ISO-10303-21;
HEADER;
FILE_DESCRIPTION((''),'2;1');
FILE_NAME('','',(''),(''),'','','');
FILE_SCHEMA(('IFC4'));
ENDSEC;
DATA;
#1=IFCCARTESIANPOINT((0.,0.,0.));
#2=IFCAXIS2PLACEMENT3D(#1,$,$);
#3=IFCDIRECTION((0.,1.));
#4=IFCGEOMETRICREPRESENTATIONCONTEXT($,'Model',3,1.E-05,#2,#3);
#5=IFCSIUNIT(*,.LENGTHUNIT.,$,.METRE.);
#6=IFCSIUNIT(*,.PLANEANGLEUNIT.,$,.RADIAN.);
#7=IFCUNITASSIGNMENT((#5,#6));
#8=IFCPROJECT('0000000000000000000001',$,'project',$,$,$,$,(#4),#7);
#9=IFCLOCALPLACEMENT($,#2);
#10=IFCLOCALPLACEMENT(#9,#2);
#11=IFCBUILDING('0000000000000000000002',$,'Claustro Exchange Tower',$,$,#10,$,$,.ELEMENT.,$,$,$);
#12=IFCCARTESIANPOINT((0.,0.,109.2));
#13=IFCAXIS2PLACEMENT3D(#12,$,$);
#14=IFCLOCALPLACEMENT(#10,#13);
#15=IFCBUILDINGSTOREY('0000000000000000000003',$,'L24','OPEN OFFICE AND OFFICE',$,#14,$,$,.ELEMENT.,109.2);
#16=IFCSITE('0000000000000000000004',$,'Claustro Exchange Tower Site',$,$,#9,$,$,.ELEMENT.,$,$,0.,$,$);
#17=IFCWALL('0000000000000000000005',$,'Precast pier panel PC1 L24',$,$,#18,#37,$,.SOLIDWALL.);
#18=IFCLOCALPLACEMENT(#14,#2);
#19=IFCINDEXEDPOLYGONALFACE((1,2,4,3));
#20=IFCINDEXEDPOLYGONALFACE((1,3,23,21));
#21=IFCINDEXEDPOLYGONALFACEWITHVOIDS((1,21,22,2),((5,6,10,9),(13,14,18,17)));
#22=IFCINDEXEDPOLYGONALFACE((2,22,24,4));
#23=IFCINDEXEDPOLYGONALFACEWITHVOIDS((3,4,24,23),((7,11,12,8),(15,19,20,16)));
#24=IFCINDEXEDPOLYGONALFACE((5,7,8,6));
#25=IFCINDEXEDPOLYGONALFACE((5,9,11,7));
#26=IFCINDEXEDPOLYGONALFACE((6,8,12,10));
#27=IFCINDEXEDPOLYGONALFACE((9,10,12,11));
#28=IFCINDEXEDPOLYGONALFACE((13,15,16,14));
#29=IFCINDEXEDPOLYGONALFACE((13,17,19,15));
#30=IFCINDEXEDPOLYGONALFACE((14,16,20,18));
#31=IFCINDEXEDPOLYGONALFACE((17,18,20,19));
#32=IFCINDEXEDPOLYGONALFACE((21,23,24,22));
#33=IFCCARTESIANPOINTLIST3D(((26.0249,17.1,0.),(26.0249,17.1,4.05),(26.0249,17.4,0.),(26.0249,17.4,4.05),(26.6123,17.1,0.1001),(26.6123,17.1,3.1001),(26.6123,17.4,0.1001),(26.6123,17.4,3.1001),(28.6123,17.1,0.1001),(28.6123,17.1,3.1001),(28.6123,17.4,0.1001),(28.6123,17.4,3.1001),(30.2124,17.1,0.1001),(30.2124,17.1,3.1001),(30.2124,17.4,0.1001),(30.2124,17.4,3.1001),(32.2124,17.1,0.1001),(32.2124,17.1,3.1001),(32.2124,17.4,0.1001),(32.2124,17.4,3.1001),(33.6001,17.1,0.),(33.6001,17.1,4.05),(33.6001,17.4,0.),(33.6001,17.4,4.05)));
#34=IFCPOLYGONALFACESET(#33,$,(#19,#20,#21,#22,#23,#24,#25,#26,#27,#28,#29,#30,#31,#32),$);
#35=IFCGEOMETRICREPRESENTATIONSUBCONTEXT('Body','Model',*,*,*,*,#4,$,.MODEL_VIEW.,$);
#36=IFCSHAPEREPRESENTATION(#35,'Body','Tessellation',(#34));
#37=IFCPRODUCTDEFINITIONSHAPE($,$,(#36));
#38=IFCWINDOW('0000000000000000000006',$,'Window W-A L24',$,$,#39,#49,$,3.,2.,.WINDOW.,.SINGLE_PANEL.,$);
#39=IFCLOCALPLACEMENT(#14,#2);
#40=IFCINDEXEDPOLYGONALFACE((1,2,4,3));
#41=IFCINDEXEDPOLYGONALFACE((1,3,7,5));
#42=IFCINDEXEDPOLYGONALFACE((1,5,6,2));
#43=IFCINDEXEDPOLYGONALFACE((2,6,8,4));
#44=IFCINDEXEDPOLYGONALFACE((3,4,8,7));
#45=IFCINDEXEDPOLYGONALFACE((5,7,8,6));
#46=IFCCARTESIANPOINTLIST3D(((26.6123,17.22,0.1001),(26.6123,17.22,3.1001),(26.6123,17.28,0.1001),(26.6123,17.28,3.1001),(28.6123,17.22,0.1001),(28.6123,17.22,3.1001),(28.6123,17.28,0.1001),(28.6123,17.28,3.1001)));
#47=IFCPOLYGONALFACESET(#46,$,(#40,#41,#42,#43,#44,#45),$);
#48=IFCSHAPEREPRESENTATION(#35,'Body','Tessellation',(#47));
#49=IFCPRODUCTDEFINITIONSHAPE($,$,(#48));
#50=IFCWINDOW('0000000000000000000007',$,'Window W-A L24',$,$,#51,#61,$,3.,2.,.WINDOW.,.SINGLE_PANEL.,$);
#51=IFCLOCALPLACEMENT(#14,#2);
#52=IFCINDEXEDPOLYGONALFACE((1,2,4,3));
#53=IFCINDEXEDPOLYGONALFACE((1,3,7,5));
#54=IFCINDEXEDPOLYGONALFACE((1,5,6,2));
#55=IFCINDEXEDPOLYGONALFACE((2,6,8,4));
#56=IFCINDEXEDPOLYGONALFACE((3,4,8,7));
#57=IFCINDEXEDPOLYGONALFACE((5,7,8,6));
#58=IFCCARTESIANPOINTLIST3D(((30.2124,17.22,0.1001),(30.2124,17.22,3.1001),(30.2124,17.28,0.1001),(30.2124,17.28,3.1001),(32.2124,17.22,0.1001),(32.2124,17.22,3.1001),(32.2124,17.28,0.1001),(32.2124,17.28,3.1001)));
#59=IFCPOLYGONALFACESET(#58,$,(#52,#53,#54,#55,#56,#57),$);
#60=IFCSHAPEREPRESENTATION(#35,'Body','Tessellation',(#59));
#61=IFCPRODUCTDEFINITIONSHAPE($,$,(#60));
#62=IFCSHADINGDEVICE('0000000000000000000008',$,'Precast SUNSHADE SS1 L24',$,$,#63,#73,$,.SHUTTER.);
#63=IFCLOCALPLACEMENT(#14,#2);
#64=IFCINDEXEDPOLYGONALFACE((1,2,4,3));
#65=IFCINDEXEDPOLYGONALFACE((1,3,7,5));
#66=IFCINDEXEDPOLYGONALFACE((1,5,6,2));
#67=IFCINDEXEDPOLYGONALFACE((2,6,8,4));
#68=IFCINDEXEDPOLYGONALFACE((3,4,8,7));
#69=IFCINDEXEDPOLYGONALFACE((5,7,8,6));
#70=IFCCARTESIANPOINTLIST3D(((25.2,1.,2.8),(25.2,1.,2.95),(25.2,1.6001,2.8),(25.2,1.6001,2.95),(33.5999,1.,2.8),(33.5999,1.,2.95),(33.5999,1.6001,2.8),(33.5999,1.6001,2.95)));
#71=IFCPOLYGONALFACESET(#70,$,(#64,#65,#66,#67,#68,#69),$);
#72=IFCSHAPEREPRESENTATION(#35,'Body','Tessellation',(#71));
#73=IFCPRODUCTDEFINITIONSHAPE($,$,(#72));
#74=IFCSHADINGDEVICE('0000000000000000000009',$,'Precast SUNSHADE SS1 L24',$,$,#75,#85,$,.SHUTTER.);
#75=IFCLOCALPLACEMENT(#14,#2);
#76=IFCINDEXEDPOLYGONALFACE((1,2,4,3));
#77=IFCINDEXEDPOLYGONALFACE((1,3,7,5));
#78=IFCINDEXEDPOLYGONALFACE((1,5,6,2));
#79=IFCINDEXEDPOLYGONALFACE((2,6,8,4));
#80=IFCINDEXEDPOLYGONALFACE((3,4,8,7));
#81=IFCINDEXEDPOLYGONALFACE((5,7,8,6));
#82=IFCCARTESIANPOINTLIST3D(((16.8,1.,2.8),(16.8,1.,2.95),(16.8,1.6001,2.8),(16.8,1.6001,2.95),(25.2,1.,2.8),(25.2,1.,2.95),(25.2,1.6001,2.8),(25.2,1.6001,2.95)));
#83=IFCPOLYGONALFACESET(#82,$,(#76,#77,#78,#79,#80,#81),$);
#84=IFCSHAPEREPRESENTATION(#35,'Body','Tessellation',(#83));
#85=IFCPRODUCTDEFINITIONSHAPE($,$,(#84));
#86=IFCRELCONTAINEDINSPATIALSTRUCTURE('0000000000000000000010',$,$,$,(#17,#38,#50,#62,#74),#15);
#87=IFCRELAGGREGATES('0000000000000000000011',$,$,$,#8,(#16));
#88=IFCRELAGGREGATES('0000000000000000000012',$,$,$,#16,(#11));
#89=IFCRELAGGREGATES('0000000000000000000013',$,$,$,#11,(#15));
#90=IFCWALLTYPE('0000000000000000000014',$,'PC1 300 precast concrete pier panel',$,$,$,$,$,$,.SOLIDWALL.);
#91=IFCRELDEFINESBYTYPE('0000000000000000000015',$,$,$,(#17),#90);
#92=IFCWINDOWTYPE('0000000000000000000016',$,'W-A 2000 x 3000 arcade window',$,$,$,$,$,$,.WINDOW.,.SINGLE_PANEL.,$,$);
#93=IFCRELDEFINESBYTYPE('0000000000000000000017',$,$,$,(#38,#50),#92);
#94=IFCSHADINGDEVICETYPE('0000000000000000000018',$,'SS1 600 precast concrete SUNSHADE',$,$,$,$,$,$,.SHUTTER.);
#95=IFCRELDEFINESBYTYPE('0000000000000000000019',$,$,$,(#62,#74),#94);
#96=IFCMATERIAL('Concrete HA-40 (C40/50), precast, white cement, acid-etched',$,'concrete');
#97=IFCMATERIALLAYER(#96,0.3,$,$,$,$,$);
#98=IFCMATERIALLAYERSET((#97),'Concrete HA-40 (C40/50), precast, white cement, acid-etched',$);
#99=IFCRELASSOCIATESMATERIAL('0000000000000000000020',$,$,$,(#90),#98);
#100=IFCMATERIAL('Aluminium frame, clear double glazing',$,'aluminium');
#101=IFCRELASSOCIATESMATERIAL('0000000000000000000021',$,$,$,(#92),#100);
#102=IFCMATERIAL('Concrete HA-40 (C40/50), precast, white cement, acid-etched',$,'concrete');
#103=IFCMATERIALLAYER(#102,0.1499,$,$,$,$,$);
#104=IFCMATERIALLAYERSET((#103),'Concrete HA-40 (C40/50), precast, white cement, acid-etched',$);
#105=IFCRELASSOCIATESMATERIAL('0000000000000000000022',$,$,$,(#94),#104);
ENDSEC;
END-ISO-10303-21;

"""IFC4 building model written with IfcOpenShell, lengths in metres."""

from ifc_helpers import new_model, si_unit, direction, frame, frame_2d, origin, origin_2d, place, context, subcontext, project, spatial, rectangle, extrude, material, layer, layer_set, type_object, element, fill, save


model = new_model("IFC4")

# Units and contexts
model_context = context("Model", 3, precision=1e-05, world=origin(), true_north=direction((0.0, 1.0)))
body_context = subcontext(model_context, "Body", "Model", "MODEL_VIEW")
ifc_project = project(units=[si_unit("LENGTHUNIT", "METRE"), si_unit("PLANEANGLEUNIT", "RADIAN")], contexts=[model_context])

# Site, building, storey
site_placement = place(None, origin())
site = spatial("IfcSite", under=ifc_project, at=site_placement, Name="Claustro Exchange Tower Site", CompositionType="ELEMENT", RefElevation=0.0)
building_placement = place(site_placement, origin())
building = spatial("IfcBuilding", under=site, at=building_placement, Name="Claustro Exchange Tower", CompositionType="ELEMENT")
storey_placement = place(building_placement, frame((0.0, 0.0, 109.2)))
storey = spatial("IfcBuildingStorey", under=building, at=storey_placement, Name="L24", Description="OPEN OFFICE AND OFFICE", CompositionType="ELEMENT", Elevation=109.2)

# Wall, openings, windows
ifc_material_1 = material(Name="Concrete HA-40 (C40/50), precast, white cement, acid-etched", Category="concrete")
ifc_layer_1 = layer(ifc_material_1, 0.3)
ifc_layer_set_1 = layer_set([ifc_layer_1], Name="Concrete HA-40 (C40/50), precast, white cement, acid-etched")
wall_type = type_object("IfcWallType", Name="PC1 300 precast concrete pier panel", PredefinedType="SOLIDWALL", material=ifc_layer_set_1)
wall_1_placement = place(storey_placement, frame((26.0249, 17.25, 0.0), z_axis=(0.0, 0.0, 1.0), x_axis=(1.0, 0.0, 0.0)))
wall_1 = element("IfcWall", 1, at=wall_1_placement, inside=storey, type_object=wall_type, Name="Precast pier panel PC1 L24", PredefinedType="SOLIDWALL", context=body_context, shape_type="SweptSolid", body=[
    extrude(rectangle(XDim=7.5752, YDim=0.3, at=frame_2d((3.7876, 0.0))), origin(), (0.0, 0.0, 1.0), 4.05),
])
opening_1_placement = place(wall_1_placement, frame((0.5874, 0.0, 0.1001)))
opening_1 = element("IfcOpeningElement", 2, at=opening_1_placement, cuts=wall_1, PredefinedType="OPENING", context=body_context, shape_type="SweptSolid", body=[
    extrude(rectangle(XDim=2.0, YDim=3.0, at=frame_2d((1.0, 1.5))), frame((0.0, 0.1599, 0.0), z_axis=(0.0, -1.0, 0.0), x_axis=(1.0, 0.0, 0.0)), (0.0, 0.0, 1.0), 0.3201),
])
opening_2_placement = place(wall_1_placement, frame((4.1875, 0.0, 0.1001)))
opening_2 = element("IfcOpeningElement", 3, at=opening_2_placement, cuts=wall_1, PredefinedType="OPENING", context=body_context, shape_type="SweptSolid", body=[
    extrude(rectangle(XDim=2.0, YDim=3.0, at=frame_2d((1.0, 1.5))), frame((0.0, 0.1599, 0.0), z_axis=(0.0, -1.0, 0.0), x_axis=(1.0, 0.0, 0.0)), (0.0, 0.0, 1.0), 0.3201),
])
ifc_material_2 = material(Name="Aluminium frame, clear double glazing", Category="aluminium")
window_type_1 = type_object("IfcWindowType", Name="W-A 2000 x 3000 arcade window", PartitioningType="SINGLE_PANEL", PredefinedType="WINDOW", material=ifc_material_2)
window_1_placement = place(opening_1_placement, origin())
window_1 = element("IfcWindow", 4, at=window_1_placement, inside=storey, type_object=window_type_1, Name="Window W-A L24", OverallHeight=3.0, OverallWidth=2.0, PartitioningType="SINGLE_PANEL", PredefinedType="WINDOW", context=body_context, shape_type="SweptSolid", body=[
    extrude(rectangle(XDim=2.0, YDim=3.0, at=frame_2d((1.0, 1.5))), frame((0.0, 0.03, 0.0), z_axis=(0.0, -1.0, 0.0), x_axis=(1.0, 0.0, 0.0)), (0.0, 0.0, 1.0), 0.0601),
])
fill(opening_1, window_1)
window_2_placement = place(opening_2_placement, origin())
window_2 = element("IfcWindow", 5, at=window_2_placement, inside=storey, type_object=window_type_1, Name="Window W-A L24", OverallHeight=3.0, OverallWidth=2.0, PartitioningType="SINGLE_PANEL", PredefinedType="WINDOW", context=body_context, shape_type="SweptSolid", body=[
    extrude(rectangle(XDim=2.0, YDim=3.0, at=frame_2d((1.0, 1.5))), frame((0.0, 0.03, 0.0), z_axis=(0.0, -1.0, 0.0), x_axis=(1.0, 0.0, 0.0)), (0.0, 0.0, 1.0), 0.0601),
])
fill(opening_2, window_2)

# Shading devices
ifc_material_3 = material(Name="Concrete HA-40 (C40/50), precast, white cement, acid-etched", Category="concrete")
ifc_layer_2 = layer(ifc_material_3, 0.1499)
ifc_layer_set_2 = layer_set([ifc_layer_2], Name="Concrete HA-40 (C40/50), precast, white cement, acid-etched")
shading_device_type = type_object("IfcShadingDeviceType", Name="SS1 600 precast concrete SUNSHADE", PredefinedType="SHUTTER", material=ifc_layer_set_2)
for number, where, z_axis, x_axis, name in (
    (6, (29.3999, 1.3, 2.8), (0.0, 0.0, 1.0), (-1.0, 0.0, 0.0), "Precast SUNSHADE SS1 L24"),
    (7, (21.0, 1.3, 2.8), (0.0, 0.0, 1.0), (-1.0, 0.0, 0.0), "Precast SUNSHADE SS1 L24"),
):
    element("IfcShadingDevice", number, at=place(storey_placement, frame(where, z_axis=z_axis, x_axis=x_axis)), inside=storey, type_object=shading_device_type, Name=name, PredefinedType="SHUTTER", context=body_context, shape_type="SweptSolid", body=[
        extrude(rectangle(XDim=8.3999, YDim=0.6001, at=origin_2d()), origin(), (0.0, 0.0, 1.0), 0.1499),
    ])

save(model, "model.ifc")
